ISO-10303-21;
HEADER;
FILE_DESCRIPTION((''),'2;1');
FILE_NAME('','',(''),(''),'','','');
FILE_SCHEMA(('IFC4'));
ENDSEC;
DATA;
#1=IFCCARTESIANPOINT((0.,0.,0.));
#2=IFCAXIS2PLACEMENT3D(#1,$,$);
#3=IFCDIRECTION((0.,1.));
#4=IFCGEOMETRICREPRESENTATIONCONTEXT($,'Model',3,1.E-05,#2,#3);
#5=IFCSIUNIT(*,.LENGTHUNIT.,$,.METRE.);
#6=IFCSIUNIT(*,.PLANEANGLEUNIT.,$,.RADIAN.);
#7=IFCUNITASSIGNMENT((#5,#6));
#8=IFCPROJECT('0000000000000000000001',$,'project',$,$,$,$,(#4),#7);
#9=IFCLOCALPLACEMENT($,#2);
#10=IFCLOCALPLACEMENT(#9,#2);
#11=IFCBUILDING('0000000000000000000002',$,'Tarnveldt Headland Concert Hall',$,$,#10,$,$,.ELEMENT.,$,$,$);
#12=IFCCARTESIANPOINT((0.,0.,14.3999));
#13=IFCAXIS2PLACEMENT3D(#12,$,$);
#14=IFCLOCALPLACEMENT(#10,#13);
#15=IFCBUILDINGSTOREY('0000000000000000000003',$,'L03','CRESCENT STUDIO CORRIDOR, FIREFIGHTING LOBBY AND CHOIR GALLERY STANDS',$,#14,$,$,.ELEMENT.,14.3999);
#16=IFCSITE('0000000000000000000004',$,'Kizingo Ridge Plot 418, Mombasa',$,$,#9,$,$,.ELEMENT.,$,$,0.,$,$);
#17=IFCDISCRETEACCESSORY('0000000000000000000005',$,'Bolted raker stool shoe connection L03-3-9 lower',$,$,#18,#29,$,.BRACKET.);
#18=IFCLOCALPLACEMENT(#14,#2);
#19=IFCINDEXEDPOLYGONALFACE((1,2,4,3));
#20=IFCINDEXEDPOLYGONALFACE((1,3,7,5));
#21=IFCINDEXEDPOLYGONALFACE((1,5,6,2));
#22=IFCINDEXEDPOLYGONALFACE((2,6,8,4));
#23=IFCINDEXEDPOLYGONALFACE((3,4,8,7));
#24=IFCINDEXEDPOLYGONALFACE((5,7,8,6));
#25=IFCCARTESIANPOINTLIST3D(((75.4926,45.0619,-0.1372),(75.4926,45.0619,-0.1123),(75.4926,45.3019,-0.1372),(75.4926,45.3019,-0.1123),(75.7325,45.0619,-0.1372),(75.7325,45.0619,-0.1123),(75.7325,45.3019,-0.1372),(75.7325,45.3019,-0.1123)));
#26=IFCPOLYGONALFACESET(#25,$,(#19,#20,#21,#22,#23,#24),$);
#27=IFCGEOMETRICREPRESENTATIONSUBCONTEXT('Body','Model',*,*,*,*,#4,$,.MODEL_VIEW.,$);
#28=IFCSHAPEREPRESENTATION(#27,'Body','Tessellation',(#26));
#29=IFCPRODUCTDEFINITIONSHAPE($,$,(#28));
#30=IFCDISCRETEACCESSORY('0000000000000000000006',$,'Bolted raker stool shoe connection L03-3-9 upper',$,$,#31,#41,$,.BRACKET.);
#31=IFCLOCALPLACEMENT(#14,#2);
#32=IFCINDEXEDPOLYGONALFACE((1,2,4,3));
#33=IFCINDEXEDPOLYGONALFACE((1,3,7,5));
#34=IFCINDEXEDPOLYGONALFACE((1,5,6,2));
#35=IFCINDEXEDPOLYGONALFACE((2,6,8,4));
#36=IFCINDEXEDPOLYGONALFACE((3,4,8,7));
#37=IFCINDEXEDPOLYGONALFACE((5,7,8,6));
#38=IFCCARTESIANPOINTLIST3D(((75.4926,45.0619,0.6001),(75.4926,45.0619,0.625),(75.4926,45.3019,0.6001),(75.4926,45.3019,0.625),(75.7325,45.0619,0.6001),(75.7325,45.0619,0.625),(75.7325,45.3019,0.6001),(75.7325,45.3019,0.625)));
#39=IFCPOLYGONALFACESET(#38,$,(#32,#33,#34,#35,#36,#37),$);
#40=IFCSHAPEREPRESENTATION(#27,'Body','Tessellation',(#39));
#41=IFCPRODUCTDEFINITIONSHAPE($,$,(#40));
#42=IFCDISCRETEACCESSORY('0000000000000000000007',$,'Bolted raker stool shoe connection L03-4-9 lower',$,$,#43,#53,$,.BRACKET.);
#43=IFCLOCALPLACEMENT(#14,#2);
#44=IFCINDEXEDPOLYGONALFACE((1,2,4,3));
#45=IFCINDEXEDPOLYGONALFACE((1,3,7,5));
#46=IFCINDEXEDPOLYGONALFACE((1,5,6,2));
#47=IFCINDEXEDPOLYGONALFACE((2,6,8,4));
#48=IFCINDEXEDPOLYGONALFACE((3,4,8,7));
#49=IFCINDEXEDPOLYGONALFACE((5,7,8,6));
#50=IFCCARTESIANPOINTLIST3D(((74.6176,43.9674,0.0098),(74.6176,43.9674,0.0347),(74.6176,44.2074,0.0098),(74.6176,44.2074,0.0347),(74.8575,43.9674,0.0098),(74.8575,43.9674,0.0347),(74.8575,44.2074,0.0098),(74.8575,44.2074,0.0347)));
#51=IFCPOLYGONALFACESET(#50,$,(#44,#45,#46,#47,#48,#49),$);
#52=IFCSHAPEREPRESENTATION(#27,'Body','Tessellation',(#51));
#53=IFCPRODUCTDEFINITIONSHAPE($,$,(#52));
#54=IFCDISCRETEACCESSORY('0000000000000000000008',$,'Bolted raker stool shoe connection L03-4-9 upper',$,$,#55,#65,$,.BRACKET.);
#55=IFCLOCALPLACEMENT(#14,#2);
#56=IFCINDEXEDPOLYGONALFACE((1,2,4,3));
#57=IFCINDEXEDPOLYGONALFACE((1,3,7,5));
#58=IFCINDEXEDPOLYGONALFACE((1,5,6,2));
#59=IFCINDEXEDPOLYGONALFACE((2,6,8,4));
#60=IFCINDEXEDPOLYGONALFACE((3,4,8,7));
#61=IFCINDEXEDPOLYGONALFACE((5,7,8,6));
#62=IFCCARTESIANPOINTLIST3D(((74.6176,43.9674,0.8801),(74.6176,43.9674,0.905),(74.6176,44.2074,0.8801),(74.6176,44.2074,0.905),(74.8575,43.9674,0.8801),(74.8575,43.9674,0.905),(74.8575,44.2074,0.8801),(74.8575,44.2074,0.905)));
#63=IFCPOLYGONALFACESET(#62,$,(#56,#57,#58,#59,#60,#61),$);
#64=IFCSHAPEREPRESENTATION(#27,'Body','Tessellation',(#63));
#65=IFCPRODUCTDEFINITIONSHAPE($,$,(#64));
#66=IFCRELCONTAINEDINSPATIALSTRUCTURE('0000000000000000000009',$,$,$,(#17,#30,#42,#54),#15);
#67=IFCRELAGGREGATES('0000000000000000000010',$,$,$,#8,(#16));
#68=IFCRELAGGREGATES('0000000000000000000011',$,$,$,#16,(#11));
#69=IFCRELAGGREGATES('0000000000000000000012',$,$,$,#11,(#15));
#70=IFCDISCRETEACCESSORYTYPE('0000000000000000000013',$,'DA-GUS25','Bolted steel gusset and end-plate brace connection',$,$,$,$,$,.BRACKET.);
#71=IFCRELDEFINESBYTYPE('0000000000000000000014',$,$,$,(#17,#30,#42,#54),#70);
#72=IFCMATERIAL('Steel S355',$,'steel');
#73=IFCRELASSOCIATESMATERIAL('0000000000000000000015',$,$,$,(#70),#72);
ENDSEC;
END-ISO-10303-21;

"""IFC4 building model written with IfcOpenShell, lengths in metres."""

from ifc_helpers import new_model, si_unit, direction, frame, origin, origin_2d, place, context, subcontext, project, spatial, rectangle, extrude, material, type_object, element, save


model = new_model("IFC4")

# Units and contexts
model_context = context("Model", 3, precision=1e-05, world=origin(), true_north=direction((0.0, 1.0)))
body_context = subcontext(model_context, "Body", "Model", "MODEL_VIEW")
ifc_project = project(units=[si_unit("LENGTHUNIT", "METRE"), si_unit("PLANEANGLEUNIT", "RADIAN")], contexts=[model_context])

# Site, building, storey
site_placement = place(None, origin())
site = spatial("IfcSite", under=ifc_project, at=site_placement, Name="Kizingo Ridge Plot 418, Mombasa", CompositionType="ELEMENT", RefElevation=0.0)
building_placement = place(site_placement, origin())
building = spatial("IfcBuilding", under=site, at=building_placement, Name="Tarnveldt Headland Concert Hall", CompositionType="ELEMENT")
storey_placement = place(building_placement, frame((0.0, 0.0, 14.3999)))
storey = spatial("IfcBuildingStorey", under=building, at=storey_placement, Name="L03", Description="CRESCENT STUDIO CORRIDOR, FIREFIGHTING LOBBY AND CHOIR GALLERY STANDS", CompositionType="ELEMENT", Elevation=14.3999)

# Shared definitions
ifc_material_1 = material(Name="Steel S355", Category="steel")

# Discrete accessories
discrete_accessory_type = type_object("IfcDiscreteAccessoryType", Name="DA-GUS25", Description="Bolted steel gusset and end-plate brace connection", PredefinedType="BRACKET", material=ifc_material_1)
for number, where, z_axis, x_axis, name in (
    (1, (75.6125, 45.1819, -0.1372), (0.0, 0.0, 1.0), (1.0, 0.0, 0.0), "Bolted raker stool shoe connection L03-3-9 lower"),
    (2, (75.6125, 45.1819, 0.6001), (0.0, 0.0, 1.0), (1.0, 0.0, 0.0), "Bolted raker stool shoe connection L03-3-9 upper"),
    (3, (74.7375, 44.0874, 0.0098), (0.0, 0.0, 1.0), (1.0, 0.0, 0.0), "Bolted raker stool shoe connection L03-4-9 lower"),
    (4, (74.7375, 44.0874, 0.8801), (0.0, 0.0, 1.0), (1.0, 0.0, 0.0), "Bolted raker stool shoe connection L03-4-9 upper"),
):
    element("IfcDiscreteAccessory", number, at=place(storey_placement, frame(where, z_axis=z_axis, x_axis=x_axis)), inside=storey, type_object=discrete_accessory_type, Name=name, PredefinedType="BRACKET", context=body_context, shape_type="SweptSolid", body=[
        extrude(rectangle(XDim=0.24, YDim=0.24, at=origin_2d()), origin(), (0.0, 0.0, 1.0), 0.0249),
    ])

save(model, "model.ifc")
